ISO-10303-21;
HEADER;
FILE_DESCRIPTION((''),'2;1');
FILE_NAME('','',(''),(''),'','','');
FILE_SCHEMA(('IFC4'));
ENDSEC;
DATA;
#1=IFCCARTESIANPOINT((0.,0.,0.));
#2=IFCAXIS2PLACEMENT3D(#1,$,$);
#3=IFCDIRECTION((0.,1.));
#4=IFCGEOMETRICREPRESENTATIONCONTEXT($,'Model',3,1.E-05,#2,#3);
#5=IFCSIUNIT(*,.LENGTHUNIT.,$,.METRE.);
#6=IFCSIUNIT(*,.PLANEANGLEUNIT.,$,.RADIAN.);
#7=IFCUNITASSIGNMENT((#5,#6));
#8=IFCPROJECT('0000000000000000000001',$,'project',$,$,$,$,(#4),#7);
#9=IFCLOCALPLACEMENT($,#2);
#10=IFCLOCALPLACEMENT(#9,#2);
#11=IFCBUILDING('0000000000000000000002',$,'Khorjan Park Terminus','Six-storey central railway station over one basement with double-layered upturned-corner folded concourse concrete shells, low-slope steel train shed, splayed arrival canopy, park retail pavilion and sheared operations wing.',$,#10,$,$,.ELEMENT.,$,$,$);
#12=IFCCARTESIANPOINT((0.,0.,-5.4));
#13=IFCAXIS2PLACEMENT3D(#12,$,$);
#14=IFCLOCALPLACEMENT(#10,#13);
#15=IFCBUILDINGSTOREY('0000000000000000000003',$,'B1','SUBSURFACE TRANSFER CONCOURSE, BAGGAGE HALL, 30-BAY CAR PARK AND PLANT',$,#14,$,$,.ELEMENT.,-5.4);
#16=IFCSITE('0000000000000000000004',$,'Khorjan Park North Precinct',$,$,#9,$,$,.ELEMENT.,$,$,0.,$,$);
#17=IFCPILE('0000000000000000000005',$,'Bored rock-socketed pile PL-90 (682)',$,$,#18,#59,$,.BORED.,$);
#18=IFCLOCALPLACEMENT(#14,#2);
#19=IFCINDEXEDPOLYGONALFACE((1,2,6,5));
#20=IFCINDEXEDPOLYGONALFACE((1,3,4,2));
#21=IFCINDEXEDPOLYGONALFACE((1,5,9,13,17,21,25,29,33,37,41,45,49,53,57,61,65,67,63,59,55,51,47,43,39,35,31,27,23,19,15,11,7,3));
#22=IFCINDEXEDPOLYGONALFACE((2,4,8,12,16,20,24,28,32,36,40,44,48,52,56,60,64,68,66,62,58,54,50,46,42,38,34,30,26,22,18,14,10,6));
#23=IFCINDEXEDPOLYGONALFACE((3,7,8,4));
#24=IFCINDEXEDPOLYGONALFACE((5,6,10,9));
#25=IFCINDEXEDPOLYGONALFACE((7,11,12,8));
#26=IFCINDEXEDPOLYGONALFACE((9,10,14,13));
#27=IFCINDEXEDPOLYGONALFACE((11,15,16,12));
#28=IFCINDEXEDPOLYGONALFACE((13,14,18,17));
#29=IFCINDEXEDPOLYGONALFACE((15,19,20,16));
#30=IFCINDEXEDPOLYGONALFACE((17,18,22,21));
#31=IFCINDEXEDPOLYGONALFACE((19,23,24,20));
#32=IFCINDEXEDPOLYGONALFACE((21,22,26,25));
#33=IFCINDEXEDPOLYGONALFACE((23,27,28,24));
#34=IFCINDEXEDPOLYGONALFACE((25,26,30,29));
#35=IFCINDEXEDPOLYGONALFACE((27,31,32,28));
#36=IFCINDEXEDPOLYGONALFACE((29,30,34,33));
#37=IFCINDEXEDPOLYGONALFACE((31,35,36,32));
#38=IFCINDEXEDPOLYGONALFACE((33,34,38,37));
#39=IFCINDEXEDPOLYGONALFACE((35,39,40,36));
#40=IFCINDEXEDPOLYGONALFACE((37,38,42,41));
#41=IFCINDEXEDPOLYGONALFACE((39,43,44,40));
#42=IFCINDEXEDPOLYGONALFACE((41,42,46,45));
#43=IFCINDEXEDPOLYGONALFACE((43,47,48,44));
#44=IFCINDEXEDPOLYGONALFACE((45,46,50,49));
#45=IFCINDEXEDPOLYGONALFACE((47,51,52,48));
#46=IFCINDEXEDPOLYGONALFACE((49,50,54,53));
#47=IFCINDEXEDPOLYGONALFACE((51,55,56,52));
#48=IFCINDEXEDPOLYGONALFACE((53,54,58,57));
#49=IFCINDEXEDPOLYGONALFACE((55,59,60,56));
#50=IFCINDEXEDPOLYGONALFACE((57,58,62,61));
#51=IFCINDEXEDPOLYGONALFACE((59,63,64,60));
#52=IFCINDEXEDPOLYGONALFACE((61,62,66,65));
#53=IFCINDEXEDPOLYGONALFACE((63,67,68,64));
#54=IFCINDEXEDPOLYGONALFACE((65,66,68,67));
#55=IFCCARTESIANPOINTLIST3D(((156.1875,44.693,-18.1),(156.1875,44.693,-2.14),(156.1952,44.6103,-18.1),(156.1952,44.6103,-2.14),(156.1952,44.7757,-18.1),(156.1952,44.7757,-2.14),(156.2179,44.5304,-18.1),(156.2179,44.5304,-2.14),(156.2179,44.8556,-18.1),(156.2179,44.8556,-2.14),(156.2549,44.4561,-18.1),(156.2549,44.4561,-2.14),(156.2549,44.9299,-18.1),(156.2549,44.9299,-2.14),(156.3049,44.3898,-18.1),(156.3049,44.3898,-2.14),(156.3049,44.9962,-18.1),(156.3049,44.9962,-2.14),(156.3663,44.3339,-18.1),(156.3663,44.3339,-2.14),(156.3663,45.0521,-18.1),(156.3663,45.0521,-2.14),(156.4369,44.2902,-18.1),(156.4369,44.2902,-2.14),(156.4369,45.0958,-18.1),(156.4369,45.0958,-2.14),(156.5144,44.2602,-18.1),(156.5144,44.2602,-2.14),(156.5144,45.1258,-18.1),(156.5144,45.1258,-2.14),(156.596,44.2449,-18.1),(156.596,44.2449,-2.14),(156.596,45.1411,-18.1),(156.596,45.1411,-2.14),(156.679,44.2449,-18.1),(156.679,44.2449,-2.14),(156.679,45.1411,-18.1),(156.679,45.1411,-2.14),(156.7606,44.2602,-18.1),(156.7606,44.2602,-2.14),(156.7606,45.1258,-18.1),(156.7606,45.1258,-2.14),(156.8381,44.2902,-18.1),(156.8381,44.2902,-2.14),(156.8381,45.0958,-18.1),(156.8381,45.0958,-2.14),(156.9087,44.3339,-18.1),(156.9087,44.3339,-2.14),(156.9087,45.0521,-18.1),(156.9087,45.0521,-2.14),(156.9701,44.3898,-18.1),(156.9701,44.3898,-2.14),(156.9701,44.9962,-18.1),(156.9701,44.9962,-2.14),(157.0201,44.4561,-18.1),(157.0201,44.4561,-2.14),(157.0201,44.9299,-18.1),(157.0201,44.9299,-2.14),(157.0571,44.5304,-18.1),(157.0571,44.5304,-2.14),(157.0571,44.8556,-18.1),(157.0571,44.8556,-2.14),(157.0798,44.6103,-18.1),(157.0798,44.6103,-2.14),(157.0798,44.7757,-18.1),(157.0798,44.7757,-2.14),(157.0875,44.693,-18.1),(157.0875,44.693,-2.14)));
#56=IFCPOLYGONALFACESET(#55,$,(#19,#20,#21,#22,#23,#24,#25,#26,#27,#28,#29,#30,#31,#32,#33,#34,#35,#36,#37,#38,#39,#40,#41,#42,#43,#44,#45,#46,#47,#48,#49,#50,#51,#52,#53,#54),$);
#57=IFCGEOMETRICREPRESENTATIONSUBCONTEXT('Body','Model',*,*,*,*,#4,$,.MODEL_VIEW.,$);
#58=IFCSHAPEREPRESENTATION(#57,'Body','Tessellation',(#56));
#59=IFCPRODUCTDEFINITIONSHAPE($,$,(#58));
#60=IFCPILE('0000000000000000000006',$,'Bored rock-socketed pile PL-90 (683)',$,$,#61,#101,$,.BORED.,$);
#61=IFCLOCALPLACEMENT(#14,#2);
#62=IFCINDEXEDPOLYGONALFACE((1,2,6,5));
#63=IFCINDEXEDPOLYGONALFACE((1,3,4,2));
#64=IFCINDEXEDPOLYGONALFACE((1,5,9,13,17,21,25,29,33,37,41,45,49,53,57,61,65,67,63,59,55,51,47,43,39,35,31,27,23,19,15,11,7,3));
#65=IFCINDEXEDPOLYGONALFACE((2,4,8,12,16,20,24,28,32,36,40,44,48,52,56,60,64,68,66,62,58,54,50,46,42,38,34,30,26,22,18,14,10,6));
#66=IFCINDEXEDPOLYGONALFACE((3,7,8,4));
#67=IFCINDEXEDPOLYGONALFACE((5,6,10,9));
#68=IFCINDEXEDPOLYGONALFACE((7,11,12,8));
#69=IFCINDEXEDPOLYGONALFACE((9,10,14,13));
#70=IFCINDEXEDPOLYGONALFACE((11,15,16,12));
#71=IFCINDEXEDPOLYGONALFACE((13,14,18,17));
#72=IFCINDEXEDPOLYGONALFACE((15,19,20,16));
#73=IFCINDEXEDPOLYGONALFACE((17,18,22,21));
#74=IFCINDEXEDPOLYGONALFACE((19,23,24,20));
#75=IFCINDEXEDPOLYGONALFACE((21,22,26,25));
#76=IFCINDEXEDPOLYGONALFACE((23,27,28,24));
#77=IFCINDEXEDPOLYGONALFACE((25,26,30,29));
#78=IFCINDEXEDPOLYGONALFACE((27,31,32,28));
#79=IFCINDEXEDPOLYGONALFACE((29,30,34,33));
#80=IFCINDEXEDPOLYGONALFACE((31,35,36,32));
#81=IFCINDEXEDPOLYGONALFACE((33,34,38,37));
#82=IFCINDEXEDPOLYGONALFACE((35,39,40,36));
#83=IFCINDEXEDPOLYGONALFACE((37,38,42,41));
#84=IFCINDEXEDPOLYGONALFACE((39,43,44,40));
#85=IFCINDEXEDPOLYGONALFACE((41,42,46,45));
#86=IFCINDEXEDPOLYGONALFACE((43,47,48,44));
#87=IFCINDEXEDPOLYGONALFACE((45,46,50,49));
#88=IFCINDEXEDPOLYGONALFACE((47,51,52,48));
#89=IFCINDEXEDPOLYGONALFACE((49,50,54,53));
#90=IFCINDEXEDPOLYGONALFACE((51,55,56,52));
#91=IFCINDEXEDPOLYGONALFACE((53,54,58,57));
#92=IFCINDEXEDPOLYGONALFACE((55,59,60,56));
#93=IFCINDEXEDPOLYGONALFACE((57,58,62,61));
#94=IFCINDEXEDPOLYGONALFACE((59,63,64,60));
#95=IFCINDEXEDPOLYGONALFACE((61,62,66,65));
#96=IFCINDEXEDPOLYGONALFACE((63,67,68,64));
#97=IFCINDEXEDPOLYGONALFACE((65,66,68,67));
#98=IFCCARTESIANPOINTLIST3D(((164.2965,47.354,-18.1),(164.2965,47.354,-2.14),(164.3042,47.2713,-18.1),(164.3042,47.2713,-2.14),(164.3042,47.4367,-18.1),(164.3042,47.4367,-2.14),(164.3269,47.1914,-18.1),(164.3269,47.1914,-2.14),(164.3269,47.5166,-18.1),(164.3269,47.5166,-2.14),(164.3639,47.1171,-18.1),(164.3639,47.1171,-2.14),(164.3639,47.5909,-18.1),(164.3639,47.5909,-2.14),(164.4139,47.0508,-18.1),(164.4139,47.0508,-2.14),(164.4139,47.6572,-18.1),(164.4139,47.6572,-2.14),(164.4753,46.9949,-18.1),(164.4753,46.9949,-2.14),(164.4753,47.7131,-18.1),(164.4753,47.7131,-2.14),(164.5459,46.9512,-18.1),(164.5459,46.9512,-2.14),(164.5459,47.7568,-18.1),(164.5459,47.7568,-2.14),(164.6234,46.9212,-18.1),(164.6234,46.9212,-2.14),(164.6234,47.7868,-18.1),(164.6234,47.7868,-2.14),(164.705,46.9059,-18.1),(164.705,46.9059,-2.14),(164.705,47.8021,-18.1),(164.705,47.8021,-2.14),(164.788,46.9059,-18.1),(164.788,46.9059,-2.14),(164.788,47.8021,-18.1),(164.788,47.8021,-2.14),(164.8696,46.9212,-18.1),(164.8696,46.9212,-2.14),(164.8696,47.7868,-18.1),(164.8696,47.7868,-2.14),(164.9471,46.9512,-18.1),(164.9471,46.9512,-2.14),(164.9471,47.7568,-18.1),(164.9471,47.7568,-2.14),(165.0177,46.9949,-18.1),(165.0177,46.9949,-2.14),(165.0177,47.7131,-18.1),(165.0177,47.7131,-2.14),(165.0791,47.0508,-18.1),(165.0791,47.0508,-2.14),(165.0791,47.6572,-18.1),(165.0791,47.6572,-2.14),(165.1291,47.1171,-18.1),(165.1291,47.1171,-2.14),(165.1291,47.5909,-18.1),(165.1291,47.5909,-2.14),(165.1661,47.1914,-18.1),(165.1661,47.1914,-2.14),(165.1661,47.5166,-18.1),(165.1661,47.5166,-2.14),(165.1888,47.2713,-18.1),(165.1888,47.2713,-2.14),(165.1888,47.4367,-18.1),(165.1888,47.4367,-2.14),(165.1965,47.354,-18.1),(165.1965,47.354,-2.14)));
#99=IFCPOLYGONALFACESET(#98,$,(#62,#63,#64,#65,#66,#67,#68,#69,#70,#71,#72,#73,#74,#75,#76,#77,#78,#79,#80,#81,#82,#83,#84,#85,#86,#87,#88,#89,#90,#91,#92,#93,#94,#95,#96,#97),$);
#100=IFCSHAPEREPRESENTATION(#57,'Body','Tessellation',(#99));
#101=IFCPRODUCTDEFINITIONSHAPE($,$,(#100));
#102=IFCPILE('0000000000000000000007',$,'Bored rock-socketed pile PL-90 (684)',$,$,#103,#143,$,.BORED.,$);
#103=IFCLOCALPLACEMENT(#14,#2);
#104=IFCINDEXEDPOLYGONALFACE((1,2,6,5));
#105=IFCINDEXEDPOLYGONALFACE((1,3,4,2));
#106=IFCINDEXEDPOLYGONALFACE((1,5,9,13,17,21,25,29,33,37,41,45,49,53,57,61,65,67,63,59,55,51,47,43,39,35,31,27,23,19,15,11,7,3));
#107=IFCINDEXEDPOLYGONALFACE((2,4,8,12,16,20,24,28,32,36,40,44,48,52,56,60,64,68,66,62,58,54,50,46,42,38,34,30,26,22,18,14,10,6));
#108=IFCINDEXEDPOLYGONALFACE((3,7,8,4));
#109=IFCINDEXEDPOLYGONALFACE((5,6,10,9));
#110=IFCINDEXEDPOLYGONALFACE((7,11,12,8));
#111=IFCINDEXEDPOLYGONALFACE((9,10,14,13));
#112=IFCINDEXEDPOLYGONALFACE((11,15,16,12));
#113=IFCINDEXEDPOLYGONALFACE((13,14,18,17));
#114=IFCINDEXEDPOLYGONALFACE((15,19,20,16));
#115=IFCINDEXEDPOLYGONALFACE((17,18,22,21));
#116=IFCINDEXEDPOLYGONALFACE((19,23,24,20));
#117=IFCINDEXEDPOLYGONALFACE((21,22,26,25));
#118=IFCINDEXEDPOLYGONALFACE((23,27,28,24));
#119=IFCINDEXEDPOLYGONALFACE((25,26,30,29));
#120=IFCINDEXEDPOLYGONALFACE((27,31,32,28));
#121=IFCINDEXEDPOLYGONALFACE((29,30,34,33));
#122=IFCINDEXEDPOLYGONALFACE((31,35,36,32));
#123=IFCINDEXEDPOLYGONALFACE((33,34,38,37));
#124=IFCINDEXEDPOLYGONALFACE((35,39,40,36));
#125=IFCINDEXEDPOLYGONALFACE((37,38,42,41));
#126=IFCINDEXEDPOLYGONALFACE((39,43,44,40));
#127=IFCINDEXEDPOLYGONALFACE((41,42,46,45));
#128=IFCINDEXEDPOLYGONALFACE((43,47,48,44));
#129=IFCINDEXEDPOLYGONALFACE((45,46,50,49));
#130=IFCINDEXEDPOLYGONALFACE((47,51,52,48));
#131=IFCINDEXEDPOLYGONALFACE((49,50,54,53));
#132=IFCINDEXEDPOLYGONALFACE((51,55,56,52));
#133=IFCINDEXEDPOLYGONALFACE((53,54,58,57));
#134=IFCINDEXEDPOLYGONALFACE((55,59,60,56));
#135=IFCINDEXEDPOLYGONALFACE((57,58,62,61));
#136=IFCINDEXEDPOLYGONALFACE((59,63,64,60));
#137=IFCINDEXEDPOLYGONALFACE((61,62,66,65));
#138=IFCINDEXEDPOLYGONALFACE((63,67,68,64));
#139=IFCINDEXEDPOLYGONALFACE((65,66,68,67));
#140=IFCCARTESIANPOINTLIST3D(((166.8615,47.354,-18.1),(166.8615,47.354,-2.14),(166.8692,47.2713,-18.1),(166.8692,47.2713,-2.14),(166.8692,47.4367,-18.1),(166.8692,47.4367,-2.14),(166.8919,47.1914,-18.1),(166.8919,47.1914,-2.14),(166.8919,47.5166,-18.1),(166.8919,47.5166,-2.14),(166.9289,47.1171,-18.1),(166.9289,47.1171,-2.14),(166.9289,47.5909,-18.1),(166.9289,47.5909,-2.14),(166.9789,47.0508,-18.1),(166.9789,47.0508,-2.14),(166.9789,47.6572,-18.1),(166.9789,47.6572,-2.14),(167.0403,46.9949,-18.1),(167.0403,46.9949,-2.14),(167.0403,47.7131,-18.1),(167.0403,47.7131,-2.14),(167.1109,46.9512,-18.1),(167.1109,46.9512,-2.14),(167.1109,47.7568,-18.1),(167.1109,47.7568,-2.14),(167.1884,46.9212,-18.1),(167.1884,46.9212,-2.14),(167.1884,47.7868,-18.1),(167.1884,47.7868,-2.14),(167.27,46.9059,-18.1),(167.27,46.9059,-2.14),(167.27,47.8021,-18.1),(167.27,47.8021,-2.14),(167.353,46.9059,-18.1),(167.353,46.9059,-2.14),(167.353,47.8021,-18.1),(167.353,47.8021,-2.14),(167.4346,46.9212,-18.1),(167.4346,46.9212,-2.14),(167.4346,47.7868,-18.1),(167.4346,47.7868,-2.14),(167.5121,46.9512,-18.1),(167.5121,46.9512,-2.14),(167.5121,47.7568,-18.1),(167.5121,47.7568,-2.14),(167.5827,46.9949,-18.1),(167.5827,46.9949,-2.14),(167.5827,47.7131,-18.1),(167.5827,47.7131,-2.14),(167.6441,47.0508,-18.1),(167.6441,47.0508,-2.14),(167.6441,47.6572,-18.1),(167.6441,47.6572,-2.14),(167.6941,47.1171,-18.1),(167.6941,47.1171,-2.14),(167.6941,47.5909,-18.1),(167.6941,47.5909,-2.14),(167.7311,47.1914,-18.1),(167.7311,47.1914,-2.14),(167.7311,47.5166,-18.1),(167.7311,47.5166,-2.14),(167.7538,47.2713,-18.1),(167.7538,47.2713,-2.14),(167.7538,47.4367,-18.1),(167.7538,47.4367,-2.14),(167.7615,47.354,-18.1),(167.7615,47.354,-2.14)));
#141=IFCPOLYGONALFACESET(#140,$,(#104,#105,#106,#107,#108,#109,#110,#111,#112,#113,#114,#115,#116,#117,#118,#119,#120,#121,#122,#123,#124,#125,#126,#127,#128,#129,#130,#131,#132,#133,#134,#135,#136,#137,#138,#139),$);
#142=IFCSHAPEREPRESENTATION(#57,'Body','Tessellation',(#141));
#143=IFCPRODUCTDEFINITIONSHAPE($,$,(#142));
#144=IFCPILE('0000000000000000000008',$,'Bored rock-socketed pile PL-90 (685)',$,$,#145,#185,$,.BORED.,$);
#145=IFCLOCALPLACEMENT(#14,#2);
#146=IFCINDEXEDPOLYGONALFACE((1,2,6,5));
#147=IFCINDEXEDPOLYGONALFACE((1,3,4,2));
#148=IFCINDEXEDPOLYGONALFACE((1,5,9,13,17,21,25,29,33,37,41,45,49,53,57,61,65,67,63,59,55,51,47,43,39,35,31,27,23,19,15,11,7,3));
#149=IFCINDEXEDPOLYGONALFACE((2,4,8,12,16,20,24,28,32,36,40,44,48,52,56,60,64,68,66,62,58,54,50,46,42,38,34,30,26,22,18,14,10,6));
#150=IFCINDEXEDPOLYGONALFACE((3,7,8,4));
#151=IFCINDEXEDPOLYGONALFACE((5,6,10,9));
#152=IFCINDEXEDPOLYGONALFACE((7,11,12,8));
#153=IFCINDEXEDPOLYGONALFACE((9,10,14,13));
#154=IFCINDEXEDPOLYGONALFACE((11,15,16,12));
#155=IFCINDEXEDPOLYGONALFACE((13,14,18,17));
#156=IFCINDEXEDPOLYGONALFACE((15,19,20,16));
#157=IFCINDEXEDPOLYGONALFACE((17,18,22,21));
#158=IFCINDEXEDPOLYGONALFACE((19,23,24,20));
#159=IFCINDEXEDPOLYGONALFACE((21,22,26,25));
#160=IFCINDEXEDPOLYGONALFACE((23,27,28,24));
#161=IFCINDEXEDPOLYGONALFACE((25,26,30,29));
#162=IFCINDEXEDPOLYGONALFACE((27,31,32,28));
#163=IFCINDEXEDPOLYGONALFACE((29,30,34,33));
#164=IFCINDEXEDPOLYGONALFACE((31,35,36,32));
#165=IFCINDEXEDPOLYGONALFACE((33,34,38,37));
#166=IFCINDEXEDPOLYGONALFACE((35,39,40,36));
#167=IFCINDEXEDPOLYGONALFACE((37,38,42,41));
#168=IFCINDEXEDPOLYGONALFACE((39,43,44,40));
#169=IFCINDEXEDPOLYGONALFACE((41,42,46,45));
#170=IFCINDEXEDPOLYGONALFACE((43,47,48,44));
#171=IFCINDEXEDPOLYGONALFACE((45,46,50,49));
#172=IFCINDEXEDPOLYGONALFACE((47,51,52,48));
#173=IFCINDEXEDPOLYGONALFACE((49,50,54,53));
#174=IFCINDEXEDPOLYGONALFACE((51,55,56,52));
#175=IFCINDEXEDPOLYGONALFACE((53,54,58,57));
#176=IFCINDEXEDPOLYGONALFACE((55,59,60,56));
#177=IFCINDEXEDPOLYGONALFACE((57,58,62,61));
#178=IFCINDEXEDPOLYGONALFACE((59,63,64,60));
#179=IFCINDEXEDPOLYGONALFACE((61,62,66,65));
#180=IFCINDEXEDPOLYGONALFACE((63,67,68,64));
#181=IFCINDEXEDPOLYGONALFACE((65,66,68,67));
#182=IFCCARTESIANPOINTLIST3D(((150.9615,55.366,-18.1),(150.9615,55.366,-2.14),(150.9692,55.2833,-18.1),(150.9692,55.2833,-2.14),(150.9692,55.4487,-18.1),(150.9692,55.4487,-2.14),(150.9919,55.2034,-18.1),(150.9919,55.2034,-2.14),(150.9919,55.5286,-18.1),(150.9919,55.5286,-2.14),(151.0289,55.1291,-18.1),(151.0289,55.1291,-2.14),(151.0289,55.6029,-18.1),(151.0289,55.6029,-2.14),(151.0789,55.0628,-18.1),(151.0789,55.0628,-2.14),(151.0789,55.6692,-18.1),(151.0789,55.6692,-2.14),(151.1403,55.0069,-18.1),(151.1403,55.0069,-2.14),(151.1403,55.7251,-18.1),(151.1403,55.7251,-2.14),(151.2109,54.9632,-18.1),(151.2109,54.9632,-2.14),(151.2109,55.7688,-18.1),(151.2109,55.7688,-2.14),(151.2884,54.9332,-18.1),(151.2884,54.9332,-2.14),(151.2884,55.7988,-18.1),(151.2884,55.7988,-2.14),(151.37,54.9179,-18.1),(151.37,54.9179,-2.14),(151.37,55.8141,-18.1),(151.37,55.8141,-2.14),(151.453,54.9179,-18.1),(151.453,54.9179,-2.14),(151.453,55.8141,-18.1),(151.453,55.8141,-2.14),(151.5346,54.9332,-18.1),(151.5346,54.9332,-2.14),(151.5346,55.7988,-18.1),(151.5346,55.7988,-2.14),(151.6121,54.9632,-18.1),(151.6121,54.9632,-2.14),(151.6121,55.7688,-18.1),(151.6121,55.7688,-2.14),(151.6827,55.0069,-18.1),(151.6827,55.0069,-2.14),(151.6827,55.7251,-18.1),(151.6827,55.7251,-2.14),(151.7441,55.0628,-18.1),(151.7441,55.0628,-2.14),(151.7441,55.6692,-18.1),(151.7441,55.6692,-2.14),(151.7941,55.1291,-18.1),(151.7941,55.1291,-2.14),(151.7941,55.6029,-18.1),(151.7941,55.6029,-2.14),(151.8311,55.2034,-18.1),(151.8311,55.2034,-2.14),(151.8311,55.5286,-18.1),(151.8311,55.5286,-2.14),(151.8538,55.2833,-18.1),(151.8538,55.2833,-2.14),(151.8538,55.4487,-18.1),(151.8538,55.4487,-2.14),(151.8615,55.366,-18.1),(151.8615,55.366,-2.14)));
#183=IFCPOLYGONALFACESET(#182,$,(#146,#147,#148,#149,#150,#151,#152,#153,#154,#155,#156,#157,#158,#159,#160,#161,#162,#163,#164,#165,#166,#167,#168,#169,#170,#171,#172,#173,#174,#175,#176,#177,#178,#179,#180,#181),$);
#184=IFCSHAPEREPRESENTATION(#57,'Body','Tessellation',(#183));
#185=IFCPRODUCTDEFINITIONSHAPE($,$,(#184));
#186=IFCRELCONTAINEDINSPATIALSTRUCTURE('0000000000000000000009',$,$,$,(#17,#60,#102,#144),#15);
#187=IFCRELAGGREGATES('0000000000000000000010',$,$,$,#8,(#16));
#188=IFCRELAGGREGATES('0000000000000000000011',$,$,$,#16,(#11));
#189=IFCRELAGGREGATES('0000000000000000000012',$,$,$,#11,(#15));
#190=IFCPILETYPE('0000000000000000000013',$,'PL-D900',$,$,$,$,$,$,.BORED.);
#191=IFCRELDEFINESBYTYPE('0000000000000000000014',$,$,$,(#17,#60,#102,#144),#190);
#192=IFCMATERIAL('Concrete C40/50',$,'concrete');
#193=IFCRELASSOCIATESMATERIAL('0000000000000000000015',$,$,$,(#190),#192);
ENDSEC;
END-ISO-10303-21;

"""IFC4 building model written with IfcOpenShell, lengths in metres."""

from ifc_helpers import new_model, si_unit, direction, frame, origin, origin_2d, place, context, subcontext, project, spatial, circle, extrude, material, material_profile, profile_set, type_object, element, save


model = new_model("IFC4")

# Units and contexts
model_context = context("Model", 3, precision=1e-05, world=origin(), true_north=direction((0.0, 1.0)))
body_context = subcontext(model_context, "Body", "Model", "MODEL_VIEW")
ifc_project = project(units=[si_unit("LENGTHUNIT", "METRE"), si_unit("PLANEANGLEUNIT", "RADIAN")], contexts=[model_context])

# Site, building, storey
site_placement = place(None, origin())
site = spatial("IfcSite", under=ifc_project, at=site_placement, Name="Khorjan Park North Precinct", CompositionType="ELEMENT", RefElevation=0.0)
building_placement = place(site_placement, origin())
building = spatial("IfcBuilding", under=site, at=building_placement, Name="Khorjan Park Terminus", Description="Six-storey central railway station over one basement with double-layered upturned-corner folded concourse concrete shells, low-slope steel train shed, splayed arrival canopy, park retail pavilion and sheared operations wing.", CompositionType="ELEMENT")
storey_placement = place(building_placement, frame((0.0, 0.0, -5.4)))
storey = spatial("IfcBuildingStorey", under=building, at=storey_placement, Name="B1", Description="SUBSURFACE TRANSFER CONCOURSE, BAGGAGE HALL, 30-BAY CAR PARK AND PLANT", CompositionType="ELEMENT", Elevation=-5.4)

# Piles
ifc_material_1 = material(Name="Concrete C40/50", Category="concrete")
ifc_material_profile_1 = material_profile(ifc_material_1, circle(Radius=0.45, at=origin_2d()), Name="BORED D900")
ifc_profile_set_1 = profile_set([ifc_material_profile_1], Name="Concrete C40/50")
pile_type_1 = type_object("IfcPileType", Name="PL-D900", PredefinedType="BORED", material=ifc_profile_set_1)
for number, where, z_axis, x_axis, name in (
    (1, (156.6375, 44.693, -2.14), (0.0, 0.0, -1.0), (1.0, 0.0, 0.0), "Bored rock-socketed pile PL-90 (682)"),
    (2, (164.7465, 47.354, -2.14), (0.0, 0.0, -1.0), (1.0, 0.0, 0.0), "Bored rock-socketed pile PL-90 (683)"),
    (3, (167.3115, 47.354, -2.14), (0.0, 0.0, -1.0), (1.0, 0.0, 0.0), "Bored rock-socketed pile PL-90 (684)"),
    (4, (151.4115, 55.366, -2.14), (0.0, 0.0, -1.0), (1.0, 0.0, 0.0), "Bored rock-socketed pile PL-90 (685)"),
):
    element("IfcPile", number, at=place(storey_placement, frame(where, z_axis=z_axis, x_axis=x_axis)), inside=storey, type_object=pile_type_1, Name=name, PredefinedType="BORED", context=body_context, shape_type="SweptSolid", body=[
        extrude(circle(Radius=0.45, at=origin_2d()), origin(), (0.0, 0.0, 1.0), 15.96),
    ])

save(model, "model.ifc")
